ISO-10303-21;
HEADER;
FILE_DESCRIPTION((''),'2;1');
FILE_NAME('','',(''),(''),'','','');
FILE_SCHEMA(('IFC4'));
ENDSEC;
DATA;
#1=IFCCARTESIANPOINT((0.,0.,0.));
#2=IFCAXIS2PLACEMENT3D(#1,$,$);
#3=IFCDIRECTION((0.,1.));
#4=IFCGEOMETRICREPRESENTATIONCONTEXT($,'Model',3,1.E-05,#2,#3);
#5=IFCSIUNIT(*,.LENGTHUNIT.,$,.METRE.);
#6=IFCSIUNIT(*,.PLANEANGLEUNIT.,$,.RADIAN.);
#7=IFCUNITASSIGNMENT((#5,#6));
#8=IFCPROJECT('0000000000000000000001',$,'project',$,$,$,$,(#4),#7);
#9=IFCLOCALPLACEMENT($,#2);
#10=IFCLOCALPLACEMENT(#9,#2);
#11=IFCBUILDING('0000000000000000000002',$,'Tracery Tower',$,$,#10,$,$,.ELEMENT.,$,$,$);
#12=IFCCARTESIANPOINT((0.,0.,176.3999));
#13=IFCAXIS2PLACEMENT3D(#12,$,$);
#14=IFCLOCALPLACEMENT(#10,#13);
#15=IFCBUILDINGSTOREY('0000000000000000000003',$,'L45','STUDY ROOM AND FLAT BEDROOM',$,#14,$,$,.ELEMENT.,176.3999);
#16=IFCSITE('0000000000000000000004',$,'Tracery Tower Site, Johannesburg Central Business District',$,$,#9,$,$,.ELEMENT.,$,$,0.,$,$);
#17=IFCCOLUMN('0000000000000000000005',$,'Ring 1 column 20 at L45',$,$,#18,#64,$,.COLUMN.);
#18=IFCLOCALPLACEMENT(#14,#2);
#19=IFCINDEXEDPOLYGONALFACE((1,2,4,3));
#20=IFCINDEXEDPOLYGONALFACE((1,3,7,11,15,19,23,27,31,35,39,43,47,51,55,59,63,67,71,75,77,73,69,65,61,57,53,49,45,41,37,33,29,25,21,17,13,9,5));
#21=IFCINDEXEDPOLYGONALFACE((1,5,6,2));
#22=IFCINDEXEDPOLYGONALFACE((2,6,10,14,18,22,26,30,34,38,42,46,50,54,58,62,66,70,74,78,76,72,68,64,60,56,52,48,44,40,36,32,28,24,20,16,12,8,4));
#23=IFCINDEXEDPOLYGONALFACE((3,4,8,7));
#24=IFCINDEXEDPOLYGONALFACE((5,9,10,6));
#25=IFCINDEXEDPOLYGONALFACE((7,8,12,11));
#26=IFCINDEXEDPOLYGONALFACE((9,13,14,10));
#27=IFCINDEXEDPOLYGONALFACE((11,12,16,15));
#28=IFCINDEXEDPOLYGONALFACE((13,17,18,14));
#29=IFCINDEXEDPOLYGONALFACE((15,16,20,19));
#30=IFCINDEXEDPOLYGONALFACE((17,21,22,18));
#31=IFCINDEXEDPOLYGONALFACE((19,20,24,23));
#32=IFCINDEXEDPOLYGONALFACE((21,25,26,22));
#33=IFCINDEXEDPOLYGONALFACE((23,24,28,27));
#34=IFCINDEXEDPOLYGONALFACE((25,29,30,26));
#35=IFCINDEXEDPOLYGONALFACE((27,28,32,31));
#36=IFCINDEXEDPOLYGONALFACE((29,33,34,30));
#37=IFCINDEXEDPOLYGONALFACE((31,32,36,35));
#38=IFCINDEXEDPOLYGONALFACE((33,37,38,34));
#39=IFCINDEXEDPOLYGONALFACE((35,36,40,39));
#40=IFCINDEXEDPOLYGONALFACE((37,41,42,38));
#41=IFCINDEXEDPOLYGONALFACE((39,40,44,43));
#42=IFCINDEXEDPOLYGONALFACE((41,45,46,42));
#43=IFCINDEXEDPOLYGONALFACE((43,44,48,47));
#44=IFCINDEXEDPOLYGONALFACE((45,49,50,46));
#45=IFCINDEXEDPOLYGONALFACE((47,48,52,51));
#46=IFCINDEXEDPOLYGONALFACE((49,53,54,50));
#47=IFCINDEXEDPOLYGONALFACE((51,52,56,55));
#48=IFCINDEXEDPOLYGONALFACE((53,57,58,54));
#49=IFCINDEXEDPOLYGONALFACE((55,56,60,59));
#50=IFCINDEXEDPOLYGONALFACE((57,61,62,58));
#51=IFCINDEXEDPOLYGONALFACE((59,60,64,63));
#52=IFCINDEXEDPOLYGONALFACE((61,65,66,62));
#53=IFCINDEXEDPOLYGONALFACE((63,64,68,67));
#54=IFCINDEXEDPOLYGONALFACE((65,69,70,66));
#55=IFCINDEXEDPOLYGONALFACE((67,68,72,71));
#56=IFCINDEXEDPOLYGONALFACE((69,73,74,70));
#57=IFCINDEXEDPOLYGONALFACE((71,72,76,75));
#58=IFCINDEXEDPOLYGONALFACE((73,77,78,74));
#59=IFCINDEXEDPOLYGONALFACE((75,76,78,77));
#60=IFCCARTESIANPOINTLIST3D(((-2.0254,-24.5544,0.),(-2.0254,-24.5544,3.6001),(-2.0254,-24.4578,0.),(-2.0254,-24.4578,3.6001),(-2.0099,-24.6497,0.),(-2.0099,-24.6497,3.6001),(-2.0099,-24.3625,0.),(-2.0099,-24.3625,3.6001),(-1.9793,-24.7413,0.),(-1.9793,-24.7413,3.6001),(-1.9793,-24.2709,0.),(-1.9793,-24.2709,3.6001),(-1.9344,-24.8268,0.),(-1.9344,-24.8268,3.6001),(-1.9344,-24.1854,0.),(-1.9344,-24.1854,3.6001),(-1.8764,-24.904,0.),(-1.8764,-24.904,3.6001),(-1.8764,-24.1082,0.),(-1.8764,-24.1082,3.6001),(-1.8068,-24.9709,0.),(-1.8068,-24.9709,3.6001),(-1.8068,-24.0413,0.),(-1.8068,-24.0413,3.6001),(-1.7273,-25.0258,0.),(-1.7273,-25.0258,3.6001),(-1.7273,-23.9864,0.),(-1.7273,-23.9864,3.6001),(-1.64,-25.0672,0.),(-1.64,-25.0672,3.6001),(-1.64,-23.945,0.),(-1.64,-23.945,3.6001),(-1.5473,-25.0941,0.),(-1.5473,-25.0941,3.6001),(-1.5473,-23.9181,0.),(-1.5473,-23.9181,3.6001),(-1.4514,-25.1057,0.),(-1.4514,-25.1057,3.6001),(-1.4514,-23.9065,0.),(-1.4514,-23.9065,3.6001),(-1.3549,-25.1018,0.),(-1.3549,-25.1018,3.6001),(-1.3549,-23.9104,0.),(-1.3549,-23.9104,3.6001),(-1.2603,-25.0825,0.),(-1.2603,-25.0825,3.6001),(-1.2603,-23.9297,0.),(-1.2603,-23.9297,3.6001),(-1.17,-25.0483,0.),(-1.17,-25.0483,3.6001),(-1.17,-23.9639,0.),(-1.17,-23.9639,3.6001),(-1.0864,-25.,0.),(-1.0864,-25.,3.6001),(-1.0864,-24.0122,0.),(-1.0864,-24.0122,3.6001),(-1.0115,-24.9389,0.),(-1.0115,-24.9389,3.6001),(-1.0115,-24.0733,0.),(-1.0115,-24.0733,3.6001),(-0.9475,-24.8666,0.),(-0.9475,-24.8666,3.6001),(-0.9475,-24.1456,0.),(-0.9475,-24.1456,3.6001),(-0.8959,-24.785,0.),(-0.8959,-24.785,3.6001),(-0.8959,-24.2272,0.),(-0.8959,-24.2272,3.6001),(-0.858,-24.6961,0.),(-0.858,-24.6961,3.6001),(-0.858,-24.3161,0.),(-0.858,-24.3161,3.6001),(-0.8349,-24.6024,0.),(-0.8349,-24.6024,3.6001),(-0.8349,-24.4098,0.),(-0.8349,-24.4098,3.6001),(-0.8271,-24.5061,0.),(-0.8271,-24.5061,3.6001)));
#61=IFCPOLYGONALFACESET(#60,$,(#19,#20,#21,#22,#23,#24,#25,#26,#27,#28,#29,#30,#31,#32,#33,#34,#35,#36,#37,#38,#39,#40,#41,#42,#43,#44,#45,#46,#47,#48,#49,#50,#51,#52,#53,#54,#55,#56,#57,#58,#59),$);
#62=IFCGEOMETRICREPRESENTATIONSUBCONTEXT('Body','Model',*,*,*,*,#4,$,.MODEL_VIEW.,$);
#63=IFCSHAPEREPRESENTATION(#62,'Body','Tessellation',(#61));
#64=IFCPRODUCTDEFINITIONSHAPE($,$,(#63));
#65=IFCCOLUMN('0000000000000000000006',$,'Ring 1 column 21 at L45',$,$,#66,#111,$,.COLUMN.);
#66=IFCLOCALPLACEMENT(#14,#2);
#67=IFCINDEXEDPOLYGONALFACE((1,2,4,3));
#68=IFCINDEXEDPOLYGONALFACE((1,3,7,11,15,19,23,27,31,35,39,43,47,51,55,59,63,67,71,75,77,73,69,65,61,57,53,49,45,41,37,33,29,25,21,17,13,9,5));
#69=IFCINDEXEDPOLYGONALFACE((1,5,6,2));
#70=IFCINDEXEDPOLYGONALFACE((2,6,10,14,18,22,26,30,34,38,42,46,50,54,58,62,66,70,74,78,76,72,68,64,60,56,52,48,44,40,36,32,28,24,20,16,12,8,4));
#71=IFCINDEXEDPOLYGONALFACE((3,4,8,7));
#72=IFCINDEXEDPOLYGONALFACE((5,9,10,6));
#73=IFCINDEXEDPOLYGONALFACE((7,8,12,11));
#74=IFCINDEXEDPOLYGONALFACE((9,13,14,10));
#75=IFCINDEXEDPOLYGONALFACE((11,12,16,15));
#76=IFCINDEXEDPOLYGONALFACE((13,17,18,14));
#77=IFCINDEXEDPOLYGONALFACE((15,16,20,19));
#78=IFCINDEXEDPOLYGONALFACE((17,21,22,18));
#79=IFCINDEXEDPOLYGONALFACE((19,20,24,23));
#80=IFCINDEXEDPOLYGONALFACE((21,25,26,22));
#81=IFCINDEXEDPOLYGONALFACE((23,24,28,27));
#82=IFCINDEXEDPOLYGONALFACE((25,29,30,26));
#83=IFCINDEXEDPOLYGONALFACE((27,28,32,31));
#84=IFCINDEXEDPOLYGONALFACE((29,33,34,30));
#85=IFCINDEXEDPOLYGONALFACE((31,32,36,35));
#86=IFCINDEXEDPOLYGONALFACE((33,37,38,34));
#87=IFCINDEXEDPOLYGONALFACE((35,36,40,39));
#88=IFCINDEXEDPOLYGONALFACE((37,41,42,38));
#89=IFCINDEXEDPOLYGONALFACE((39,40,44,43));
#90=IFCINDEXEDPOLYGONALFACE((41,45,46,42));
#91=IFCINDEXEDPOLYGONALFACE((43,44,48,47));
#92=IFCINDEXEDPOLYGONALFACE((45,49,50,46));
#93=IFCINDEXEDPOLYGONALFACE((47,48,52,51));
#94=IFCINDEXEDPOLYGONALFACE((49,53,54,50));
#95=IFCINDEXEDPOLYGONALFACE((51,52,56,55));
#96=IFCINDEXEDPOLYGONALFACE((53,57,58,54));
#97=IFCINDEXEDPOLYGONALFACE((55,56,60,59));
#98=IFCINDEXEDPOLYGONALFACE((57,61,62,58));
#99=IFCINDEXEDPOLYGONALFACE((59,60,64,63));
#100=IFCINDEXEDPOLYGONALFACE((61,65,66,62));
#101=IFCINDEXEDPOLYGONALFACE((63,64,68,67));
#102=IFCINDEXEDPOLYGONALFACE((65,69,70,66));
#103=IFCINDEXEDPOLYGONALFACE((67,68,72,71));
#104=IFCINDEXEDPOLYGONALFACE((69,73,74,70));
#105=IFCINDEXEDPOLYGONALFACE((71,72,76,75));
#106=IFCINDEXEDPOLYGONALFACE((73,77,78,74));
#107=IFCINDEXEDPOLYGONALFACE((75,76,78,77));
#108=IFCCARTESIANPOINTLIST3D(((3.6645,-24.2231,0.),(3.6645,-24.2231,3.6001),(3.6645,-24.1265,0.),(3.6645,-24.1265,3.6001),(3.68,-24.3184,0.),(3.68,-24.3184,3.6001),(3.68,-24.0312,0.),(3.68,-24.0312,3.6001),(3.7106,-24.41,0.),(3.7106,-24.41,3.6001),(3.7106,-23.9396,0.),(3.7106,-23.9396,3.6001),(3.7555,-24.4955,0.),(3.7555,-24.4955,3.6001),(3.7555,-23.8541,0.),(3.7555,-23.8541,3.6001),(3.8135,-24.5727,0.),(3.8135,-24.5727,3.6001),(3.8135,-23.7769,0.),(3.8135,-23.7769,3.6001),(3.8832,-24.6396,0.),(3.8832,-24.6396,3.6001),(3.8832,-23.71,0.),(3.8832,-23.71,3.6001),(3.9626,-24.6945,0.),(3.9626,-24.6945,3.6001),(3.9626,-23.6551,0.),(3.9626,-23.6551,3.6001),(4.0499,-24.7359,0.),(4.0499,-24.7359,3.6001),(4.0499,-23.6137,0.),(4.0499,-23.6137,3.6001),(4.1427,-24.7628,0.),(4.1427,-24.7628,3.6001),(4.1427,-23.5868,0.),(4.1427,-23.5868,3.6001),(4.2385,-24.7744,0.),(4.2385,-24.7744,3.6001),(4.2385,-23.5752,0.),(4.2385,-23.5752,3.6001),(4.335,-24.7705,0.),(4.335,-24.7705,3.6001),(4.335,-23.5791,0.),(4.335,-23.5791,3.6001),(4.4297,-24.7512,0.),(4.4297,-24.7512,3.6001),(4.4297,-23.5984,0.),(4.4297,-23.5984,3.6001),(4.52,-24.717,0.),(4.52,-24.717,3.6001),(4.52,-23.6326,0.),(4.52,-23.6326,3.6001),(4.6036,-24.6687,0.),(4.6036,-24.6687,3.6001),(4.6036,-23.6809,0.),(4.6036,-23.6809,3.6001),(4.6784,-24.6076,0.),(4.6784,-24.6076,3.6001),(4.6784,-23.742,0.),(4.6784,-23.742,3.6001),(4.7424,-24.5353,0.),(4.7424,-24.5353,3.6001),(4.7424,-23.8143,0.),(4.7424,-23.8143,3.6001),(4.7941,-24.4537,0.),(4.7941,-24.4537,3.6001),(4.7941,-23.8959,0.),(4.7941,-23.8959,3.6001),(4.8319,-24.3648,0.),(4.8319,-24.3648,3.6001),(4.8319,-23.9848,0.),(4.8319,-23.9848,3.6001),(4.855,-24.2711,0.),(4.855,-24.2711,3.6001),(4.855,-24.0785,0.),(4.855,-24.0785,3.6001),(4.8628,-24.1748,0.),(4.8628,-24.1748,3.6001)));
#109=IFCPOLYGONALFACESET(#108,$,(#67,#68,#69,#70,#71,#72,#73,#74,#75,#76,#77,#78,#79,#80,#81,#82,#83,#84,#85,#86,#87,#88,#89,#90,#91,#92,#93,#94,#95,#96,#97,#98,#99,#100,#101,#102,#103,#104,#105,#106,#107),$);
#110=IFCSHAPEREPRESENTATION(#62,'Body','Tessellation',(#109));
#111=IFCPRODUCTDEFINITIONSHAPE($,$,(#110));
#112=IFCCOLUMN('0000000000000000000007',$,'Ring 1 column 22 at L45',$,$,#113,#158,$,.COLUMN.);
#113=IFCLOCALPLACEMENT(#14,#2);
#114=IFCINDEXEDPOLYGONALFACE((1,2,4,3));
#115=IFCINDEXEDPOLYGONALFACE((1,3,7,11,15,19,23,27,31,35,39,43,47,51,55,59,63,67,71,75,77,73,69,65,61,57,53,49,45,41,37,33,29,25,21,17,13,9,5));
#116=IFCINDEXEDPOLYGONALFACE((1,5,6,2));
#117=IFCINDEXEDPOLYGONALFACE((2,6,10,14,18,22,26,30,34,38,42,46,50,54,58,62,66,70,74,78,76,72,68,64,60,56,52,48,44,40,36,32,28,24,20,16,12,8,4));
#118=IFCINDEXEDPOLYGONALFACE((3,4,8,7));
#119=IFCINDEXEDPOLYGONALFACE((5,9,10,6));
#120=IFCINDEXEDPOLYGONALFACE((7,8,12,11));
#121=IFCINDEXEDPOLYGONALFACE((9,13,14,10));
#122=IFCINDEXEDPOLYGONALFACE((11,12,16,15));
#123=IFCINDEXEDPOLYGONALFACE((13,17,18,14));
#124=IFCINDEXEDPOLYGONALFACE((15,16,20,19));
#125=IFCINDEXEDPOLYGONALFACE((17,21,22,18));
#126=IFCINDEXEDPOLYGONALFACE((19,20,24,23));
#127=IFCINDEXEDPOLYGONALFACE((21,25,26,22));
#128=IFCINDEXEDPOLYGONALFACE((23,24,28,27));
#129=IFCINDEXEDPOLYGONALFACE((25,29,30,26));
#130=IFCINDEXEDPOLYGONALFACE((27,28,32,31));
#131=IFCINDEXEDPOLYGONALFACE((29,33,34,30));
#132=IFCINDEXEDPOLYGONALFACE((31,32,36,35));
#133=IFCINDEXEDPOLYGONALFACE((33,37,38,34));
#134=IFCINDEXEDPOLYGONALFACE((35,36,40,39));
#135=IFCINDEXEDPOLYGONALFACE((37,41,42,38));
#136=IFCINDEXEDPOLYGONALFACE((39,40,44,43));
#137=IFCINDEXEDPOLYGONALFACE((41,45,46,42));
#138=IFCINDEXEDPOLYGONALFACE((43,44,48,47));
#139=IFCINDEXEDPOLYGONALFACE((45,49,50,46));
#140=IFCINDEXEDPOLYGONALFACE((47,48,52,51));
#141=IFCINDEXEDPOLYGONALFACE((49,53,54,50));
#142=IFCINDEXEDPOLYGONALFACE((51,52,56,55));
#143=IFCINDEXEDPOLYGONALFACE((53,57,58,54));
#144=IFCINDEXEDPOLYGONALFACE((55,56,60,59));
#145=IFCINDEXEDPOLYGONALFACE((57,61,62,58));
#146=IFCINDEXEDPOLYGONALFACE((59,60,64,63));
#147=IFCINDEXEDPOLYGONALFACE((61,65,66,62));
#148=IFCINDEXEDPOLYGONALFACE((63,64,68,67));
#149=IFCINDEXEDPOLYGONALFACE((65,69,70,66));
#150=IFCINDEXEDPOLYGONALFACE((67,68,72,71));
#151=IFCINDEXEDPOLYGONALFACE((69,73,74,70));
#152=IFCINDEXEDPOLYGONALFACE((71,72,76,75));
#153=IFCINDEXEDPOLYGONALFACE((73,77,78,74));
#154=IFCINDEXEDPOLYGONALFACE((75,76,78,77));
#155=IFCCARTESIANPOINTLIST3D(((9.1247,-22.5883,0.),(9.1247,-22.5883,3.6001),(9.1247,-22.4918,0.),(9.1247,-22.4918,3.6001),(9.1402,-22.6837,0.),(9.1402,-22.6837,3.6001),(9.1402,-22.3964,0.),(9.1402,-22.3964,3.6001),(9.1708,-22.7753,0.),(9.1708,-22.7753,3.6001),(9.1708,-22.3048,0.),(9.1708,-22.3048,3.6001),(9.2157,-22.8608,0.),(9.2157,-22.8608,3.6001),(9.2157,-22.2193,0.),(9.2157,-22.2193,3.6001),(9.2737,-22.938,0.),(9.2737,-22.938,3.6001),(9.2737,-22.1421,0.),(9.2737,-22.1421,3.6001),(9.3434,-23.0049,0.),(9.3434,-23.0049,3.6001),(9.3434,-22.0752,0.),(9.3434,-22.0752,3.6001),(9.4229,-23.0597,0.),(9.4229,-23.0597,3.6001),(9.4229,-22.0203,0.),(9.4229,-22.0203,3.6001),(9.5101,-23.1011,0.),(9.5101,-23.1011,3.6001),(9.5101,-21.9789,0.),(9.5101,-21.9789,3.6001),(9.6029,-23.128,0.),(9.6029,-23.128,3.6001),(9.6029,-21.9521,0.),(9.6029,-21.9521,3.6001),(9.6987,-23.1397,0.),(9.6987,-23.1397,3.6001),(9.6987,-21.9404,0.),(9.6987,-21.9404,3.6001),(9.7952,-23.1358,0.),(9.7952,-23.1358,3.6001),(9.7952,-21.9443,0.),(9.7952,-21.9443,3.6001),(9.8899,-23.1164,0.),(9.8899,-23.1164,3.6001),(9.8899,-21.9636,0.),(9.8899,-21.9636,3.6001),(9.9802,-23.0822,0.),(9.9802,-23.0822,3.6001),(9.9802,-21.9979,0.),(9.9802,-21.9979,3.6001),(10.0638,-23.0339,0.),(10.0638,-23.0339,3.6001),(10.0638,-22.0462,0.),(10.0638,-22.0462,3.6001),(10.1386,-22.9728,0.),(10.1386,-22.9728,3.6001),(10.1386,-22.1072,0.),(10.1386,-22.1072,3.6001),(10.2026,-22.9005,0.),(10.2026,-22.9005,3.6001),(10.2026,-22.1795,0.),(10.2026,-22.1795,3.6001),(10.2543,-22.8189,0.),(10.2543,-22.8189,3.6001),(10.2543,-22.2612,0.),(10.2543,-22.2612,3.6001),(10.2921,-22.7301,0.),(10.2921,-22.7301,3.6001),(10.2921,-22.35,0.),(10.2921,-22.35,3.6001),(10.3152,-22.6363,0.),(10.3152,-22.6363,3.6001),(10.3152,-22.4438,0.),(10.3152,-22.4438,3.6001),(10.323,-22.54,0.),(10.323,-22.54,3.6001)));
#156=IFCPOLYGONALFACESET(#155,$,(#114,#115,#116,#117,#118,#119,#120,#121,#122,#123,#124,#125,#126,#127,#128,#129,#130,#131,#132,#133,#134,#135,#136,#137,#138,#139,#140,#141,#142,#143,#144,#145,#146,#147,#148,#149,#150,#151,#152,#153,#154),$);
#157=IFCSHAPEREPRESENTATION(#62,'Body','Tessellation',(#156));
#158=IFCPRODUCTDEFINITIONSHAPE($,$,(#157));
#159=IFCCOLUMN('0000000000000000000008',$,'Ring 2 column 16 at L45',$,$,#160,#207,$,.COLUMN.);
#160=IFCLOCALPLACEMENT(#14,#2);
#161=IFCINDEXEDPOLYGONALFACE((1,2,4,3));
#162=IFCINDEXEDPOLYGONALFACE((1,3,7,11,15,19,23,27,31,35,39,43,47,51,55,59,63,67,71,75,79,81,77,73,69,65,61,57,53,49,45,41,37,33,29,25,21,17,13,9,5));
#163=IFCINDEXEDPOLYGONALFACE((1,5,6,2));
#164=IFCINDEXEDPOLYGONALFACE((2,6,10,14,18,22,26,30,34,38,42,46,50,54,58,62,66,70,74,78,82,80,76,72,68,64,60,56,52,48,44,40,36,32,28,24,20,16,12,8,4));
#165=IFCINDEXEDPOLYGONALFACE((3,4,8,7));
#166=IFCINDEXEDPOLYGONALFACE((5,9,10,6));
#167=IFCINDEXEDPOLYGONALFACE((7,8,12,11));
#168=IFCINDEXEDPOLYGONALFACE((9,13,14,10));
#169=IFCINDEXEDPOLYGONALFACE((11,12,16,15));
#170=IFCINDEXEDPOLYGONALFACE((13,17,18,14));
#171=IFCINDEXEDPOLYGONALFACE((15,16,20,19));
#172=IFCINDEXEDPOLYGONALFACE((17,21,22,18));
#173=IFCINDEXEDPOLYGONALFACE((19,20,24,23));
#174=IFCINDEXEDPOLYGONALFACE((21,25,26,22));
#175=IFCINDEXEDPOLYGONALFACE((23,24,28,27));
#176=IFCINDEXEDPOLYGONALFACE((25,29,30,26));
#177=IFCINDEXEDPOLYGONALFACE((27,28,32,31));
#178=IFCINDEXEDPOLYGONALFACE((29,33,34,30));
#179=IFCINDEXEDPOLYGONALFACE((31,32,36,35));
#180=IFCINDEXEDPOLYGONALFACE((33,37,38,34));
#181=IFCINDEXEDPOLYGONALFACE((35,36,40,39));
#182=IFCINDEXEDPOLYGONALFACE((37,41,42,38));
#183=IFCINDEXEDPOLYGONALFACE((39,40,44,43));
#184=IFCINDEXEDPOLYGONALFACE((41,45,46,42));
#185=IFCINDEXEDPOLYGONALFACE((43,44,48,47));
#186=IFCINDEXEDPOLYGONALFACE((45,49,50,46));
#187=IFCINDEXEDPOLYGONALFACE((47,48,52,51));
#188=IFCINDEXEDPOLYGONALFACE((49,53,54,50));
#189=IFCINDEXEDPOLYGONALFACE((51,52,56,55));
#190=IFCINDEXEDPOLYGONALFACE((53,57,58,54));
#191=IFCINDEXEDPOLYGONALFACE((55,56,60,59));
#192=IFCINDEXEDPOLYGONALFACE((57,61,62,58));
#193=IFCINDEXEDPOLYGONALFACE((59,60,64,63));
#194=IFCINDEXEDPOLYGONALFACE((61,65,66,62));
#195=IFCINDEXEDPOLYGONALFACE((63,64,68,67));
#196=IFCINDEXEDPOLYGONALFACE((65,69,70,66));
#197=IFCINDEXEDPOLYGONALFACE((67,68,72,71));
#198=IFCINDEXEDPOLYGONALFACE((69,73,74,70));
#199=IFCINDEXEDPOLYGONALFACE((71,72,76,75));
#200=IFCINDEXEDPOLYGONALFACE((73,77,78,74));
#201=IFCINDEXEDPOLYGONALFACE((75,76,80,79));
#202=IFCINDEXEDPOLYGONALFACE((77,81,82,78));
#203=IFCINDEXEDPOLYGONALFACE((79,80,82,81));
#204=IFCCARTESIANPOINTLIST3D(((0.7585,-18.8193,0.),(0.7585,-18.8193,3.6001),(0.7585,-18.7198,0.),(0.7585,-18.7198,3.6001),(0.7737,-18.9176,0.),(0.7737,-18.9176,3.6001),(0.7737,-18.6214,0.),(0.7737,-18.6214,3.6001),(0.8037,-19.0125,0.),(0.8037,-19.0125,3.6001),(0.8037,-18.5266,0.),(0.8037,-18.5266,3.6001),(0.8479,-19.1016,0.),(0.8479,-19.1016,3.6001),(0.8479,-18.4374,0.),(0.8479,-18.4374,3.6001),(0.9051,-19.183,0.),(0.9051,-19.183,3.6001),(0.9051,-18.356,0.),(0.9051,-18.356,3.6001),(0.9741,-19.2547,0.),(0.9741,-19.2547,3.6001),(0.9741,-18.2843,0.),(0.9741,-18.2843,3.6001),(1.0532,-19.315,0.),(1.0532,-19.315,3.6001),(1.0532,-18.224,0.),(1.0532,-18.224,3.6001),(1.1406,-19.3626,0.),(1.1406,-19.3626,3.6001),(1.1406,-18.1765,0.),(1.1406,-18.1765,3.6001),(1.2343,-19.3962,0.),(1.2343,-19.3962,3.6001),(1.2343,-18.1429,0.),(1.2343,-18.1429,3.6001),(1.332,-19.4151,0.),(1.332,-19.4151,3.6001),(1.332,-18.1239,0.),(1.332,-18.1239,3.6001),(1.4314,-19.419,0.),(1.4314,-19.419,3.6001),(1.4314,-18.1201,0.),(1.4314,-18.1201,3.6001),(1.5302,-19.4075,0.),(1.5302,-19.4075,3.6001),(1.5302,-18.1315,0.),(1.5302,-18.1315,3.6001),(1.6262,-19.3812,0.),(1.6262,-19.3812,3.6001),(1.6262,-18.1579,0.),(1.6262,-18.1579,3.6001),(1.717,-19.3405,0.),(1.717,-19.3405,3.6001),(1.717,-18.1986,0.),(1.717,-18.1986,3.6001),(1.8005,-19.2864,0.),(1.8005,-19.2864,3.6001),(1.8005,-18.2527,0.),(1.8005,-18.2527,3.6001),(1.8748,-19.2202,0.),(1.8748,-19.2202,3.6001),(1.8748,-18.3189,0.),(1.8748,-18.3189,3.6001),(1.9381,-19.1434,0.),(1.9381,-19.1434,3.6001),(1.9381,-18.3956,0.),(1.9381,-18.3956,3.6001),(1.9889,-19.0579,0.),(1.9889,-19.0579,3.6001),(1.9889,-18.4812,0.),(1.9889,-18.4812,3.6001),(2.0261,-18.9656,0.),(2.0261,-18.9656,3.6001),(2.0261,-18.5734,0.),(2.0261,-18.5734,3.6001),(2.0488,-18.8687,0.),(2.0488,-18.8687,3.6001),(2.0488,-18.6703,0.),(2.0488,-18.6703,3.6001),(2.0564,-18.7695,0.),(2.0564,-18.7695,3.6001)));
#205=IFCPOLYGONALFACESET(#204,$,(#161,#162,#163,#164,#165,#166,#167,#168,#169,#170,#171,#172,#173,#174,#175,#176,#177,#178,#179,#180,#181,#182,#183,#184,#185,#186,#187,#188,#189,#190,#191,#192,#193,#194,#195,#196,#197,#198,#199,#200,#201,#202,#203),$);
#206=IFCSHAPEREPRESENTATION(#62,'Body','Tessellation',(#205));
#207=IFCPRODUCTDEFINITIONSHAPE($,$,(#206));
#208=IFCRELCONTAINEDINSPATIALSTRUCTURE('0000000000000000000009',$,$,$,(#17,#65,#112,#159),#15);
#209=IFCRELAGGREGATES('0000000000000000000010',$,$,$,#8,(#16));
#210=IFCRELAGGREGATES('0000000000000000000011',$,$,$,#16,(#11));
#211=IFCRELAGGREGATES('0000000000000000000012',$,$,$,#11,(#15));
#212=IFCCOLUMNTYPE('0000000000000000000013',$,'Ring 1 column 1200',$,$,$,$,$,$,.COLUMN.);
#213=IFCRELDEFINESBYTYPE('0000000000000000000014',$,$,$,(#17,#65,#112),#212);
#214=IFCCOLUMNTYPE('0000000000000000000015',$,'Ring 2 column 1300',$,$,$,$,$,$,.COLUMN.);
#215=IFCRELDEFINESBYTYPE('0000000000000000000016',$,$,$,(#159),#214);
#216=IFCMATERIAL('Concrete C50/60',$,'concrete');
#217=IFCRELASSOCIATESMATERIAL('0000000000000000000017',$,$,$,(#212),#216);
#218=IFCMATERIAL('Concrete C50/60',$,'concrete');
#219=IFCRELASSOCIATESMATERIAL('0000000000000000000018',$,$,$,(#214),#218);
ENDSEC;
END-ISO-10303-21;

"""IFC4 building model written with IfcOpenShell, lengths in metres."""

from ifc_helpers import new_model, si_unit, direction, frame, origin, origin_2d, place, context, subcontext, project, spatial, circle, extrude, material, material_profile, profile_set, type_object, element, save


model = new_model("IFC4")

# Units and contexts
model_context = context("Model", 3, precision=1e-05, world=origin(), true_north=direction((0.0, 1.0)))
body_context = subcontext(model_context, "Body", "Model", "MODEL_VIEW")
ifc_project = project(units=[si_unit("LENGTHUNIT", "METRE"), si_unit("PLANEANGLEUNIT", "RADIAN")], contexts=[model_context])

# Site, building, storey
site_placement = place(None, origin())
site = spatial("IfcSite", under=ifc_project, at=site_placement, Name="Tracery Tower Site, Johannesburg Central Business District", CompositionType="ELEMENT", RefElevation=0.0)
building_placement = place(site_placement, origin())
building = spatial("IfcBuilding", under=site, at=building_placement, Name="Tracery Tower", CompositionType="ELEMENT")
storey_placement = place(building_placement, frame((0.0, 0.0, 176.3999)))
storey = spatial("IfcBuildingStorey", under=building, at=storey_placement, Name="L45", Description="STUDY ROOM AND FLAT BEDROOM", CompositionType="ELEMENT", Elevation=176.3999)

# Columns
ifc_material_1 = material(Name="Concrete C50/60", Category="concrete")
ifc_material_profile_1 = material_profile(ifc_material_1, circle(Radius=0.6001, at=origin_2d()), Name="RC D1200")
ifc_profile_set_1 = profile_set([ifc_material_profile_1], Name="Concrete C50/60")
column_type_1 = type_object("IfcColumnType", Name="Ring 1 column 1200", PredefinedType="COLUMN", material=ifc_profile_set_1)
for number, where, z_axis, x_axis, name in (
    (1, (-1.4272, -24.5061, 0.0), (0.0, 0.0, 1.0), (1.0, 0.0, 0.0), "Ring 1 column 20 at L45"),
    (2, (4.2627, -24.1748, 0.0), (0.0, 0.0, 1.0), (1.0, 0.0, 0.0), "Ring 1 column 21 at L45"),
    (3, (9.7229, -22.54, 0.0), (0.0, 0.0, 1.0), (1.0, 0.0, 0.0), "Ring 1 column 22 at L45"),
):
    element("IfcColumn", number, at=place(storey_placement, frame(where, z_axis=z_axis, x_axis=x_axis)), inside=storey, type_object=column_type_1, Name=name, PredefinedType="COLUMN", context=body_context, shape_type="SweptSolid", body=[
        extrude(circle(Radius=0.6001, at=origin_2d()), origin(), (0.0, 0.0, 1.0), 3.6001),
    ])
ifc_material_2 = material(Name="Concrete C50/60", Category="concrete")
ifc_material_profile_2 = material_profile(ifc_material_2, circle(Radius=0.6499, at=origin_2d()), Name="RC D1300")
ifc_profile_set_2 = profile_set([ifc_material_profile_2], Name="Concrete C50/60")
column_type_2 = type_object("IfcColumnType", Name="Ring 2 column 1300", PredefinedType="COLUMN", material=ifc_profile_set_2)
for number, where, z_axis, x_axis, name in (
    (4, (1.4065, -18.7695, 0.0), (0.0, 0.0, 1.0), (1.0, 0.0, 0.0), "Ring 2 column 16 at L45"),
):
    element("IfcColumn", number, at=place(storey_placement, frame(where, z_axis=z_axis, x_axis=x_axis)), inside=storey, type_object=column_type_2, Name=name, PredefinedType="COLUMN", context=body_context, shape_type="SweptSolid", body=[
        extrude(circle(Radius=0.6499, at=origin_2d()), origin(), (0.0, 0.0, 1.0), 3.6001),
    ])

save(model, "model.ifc")
